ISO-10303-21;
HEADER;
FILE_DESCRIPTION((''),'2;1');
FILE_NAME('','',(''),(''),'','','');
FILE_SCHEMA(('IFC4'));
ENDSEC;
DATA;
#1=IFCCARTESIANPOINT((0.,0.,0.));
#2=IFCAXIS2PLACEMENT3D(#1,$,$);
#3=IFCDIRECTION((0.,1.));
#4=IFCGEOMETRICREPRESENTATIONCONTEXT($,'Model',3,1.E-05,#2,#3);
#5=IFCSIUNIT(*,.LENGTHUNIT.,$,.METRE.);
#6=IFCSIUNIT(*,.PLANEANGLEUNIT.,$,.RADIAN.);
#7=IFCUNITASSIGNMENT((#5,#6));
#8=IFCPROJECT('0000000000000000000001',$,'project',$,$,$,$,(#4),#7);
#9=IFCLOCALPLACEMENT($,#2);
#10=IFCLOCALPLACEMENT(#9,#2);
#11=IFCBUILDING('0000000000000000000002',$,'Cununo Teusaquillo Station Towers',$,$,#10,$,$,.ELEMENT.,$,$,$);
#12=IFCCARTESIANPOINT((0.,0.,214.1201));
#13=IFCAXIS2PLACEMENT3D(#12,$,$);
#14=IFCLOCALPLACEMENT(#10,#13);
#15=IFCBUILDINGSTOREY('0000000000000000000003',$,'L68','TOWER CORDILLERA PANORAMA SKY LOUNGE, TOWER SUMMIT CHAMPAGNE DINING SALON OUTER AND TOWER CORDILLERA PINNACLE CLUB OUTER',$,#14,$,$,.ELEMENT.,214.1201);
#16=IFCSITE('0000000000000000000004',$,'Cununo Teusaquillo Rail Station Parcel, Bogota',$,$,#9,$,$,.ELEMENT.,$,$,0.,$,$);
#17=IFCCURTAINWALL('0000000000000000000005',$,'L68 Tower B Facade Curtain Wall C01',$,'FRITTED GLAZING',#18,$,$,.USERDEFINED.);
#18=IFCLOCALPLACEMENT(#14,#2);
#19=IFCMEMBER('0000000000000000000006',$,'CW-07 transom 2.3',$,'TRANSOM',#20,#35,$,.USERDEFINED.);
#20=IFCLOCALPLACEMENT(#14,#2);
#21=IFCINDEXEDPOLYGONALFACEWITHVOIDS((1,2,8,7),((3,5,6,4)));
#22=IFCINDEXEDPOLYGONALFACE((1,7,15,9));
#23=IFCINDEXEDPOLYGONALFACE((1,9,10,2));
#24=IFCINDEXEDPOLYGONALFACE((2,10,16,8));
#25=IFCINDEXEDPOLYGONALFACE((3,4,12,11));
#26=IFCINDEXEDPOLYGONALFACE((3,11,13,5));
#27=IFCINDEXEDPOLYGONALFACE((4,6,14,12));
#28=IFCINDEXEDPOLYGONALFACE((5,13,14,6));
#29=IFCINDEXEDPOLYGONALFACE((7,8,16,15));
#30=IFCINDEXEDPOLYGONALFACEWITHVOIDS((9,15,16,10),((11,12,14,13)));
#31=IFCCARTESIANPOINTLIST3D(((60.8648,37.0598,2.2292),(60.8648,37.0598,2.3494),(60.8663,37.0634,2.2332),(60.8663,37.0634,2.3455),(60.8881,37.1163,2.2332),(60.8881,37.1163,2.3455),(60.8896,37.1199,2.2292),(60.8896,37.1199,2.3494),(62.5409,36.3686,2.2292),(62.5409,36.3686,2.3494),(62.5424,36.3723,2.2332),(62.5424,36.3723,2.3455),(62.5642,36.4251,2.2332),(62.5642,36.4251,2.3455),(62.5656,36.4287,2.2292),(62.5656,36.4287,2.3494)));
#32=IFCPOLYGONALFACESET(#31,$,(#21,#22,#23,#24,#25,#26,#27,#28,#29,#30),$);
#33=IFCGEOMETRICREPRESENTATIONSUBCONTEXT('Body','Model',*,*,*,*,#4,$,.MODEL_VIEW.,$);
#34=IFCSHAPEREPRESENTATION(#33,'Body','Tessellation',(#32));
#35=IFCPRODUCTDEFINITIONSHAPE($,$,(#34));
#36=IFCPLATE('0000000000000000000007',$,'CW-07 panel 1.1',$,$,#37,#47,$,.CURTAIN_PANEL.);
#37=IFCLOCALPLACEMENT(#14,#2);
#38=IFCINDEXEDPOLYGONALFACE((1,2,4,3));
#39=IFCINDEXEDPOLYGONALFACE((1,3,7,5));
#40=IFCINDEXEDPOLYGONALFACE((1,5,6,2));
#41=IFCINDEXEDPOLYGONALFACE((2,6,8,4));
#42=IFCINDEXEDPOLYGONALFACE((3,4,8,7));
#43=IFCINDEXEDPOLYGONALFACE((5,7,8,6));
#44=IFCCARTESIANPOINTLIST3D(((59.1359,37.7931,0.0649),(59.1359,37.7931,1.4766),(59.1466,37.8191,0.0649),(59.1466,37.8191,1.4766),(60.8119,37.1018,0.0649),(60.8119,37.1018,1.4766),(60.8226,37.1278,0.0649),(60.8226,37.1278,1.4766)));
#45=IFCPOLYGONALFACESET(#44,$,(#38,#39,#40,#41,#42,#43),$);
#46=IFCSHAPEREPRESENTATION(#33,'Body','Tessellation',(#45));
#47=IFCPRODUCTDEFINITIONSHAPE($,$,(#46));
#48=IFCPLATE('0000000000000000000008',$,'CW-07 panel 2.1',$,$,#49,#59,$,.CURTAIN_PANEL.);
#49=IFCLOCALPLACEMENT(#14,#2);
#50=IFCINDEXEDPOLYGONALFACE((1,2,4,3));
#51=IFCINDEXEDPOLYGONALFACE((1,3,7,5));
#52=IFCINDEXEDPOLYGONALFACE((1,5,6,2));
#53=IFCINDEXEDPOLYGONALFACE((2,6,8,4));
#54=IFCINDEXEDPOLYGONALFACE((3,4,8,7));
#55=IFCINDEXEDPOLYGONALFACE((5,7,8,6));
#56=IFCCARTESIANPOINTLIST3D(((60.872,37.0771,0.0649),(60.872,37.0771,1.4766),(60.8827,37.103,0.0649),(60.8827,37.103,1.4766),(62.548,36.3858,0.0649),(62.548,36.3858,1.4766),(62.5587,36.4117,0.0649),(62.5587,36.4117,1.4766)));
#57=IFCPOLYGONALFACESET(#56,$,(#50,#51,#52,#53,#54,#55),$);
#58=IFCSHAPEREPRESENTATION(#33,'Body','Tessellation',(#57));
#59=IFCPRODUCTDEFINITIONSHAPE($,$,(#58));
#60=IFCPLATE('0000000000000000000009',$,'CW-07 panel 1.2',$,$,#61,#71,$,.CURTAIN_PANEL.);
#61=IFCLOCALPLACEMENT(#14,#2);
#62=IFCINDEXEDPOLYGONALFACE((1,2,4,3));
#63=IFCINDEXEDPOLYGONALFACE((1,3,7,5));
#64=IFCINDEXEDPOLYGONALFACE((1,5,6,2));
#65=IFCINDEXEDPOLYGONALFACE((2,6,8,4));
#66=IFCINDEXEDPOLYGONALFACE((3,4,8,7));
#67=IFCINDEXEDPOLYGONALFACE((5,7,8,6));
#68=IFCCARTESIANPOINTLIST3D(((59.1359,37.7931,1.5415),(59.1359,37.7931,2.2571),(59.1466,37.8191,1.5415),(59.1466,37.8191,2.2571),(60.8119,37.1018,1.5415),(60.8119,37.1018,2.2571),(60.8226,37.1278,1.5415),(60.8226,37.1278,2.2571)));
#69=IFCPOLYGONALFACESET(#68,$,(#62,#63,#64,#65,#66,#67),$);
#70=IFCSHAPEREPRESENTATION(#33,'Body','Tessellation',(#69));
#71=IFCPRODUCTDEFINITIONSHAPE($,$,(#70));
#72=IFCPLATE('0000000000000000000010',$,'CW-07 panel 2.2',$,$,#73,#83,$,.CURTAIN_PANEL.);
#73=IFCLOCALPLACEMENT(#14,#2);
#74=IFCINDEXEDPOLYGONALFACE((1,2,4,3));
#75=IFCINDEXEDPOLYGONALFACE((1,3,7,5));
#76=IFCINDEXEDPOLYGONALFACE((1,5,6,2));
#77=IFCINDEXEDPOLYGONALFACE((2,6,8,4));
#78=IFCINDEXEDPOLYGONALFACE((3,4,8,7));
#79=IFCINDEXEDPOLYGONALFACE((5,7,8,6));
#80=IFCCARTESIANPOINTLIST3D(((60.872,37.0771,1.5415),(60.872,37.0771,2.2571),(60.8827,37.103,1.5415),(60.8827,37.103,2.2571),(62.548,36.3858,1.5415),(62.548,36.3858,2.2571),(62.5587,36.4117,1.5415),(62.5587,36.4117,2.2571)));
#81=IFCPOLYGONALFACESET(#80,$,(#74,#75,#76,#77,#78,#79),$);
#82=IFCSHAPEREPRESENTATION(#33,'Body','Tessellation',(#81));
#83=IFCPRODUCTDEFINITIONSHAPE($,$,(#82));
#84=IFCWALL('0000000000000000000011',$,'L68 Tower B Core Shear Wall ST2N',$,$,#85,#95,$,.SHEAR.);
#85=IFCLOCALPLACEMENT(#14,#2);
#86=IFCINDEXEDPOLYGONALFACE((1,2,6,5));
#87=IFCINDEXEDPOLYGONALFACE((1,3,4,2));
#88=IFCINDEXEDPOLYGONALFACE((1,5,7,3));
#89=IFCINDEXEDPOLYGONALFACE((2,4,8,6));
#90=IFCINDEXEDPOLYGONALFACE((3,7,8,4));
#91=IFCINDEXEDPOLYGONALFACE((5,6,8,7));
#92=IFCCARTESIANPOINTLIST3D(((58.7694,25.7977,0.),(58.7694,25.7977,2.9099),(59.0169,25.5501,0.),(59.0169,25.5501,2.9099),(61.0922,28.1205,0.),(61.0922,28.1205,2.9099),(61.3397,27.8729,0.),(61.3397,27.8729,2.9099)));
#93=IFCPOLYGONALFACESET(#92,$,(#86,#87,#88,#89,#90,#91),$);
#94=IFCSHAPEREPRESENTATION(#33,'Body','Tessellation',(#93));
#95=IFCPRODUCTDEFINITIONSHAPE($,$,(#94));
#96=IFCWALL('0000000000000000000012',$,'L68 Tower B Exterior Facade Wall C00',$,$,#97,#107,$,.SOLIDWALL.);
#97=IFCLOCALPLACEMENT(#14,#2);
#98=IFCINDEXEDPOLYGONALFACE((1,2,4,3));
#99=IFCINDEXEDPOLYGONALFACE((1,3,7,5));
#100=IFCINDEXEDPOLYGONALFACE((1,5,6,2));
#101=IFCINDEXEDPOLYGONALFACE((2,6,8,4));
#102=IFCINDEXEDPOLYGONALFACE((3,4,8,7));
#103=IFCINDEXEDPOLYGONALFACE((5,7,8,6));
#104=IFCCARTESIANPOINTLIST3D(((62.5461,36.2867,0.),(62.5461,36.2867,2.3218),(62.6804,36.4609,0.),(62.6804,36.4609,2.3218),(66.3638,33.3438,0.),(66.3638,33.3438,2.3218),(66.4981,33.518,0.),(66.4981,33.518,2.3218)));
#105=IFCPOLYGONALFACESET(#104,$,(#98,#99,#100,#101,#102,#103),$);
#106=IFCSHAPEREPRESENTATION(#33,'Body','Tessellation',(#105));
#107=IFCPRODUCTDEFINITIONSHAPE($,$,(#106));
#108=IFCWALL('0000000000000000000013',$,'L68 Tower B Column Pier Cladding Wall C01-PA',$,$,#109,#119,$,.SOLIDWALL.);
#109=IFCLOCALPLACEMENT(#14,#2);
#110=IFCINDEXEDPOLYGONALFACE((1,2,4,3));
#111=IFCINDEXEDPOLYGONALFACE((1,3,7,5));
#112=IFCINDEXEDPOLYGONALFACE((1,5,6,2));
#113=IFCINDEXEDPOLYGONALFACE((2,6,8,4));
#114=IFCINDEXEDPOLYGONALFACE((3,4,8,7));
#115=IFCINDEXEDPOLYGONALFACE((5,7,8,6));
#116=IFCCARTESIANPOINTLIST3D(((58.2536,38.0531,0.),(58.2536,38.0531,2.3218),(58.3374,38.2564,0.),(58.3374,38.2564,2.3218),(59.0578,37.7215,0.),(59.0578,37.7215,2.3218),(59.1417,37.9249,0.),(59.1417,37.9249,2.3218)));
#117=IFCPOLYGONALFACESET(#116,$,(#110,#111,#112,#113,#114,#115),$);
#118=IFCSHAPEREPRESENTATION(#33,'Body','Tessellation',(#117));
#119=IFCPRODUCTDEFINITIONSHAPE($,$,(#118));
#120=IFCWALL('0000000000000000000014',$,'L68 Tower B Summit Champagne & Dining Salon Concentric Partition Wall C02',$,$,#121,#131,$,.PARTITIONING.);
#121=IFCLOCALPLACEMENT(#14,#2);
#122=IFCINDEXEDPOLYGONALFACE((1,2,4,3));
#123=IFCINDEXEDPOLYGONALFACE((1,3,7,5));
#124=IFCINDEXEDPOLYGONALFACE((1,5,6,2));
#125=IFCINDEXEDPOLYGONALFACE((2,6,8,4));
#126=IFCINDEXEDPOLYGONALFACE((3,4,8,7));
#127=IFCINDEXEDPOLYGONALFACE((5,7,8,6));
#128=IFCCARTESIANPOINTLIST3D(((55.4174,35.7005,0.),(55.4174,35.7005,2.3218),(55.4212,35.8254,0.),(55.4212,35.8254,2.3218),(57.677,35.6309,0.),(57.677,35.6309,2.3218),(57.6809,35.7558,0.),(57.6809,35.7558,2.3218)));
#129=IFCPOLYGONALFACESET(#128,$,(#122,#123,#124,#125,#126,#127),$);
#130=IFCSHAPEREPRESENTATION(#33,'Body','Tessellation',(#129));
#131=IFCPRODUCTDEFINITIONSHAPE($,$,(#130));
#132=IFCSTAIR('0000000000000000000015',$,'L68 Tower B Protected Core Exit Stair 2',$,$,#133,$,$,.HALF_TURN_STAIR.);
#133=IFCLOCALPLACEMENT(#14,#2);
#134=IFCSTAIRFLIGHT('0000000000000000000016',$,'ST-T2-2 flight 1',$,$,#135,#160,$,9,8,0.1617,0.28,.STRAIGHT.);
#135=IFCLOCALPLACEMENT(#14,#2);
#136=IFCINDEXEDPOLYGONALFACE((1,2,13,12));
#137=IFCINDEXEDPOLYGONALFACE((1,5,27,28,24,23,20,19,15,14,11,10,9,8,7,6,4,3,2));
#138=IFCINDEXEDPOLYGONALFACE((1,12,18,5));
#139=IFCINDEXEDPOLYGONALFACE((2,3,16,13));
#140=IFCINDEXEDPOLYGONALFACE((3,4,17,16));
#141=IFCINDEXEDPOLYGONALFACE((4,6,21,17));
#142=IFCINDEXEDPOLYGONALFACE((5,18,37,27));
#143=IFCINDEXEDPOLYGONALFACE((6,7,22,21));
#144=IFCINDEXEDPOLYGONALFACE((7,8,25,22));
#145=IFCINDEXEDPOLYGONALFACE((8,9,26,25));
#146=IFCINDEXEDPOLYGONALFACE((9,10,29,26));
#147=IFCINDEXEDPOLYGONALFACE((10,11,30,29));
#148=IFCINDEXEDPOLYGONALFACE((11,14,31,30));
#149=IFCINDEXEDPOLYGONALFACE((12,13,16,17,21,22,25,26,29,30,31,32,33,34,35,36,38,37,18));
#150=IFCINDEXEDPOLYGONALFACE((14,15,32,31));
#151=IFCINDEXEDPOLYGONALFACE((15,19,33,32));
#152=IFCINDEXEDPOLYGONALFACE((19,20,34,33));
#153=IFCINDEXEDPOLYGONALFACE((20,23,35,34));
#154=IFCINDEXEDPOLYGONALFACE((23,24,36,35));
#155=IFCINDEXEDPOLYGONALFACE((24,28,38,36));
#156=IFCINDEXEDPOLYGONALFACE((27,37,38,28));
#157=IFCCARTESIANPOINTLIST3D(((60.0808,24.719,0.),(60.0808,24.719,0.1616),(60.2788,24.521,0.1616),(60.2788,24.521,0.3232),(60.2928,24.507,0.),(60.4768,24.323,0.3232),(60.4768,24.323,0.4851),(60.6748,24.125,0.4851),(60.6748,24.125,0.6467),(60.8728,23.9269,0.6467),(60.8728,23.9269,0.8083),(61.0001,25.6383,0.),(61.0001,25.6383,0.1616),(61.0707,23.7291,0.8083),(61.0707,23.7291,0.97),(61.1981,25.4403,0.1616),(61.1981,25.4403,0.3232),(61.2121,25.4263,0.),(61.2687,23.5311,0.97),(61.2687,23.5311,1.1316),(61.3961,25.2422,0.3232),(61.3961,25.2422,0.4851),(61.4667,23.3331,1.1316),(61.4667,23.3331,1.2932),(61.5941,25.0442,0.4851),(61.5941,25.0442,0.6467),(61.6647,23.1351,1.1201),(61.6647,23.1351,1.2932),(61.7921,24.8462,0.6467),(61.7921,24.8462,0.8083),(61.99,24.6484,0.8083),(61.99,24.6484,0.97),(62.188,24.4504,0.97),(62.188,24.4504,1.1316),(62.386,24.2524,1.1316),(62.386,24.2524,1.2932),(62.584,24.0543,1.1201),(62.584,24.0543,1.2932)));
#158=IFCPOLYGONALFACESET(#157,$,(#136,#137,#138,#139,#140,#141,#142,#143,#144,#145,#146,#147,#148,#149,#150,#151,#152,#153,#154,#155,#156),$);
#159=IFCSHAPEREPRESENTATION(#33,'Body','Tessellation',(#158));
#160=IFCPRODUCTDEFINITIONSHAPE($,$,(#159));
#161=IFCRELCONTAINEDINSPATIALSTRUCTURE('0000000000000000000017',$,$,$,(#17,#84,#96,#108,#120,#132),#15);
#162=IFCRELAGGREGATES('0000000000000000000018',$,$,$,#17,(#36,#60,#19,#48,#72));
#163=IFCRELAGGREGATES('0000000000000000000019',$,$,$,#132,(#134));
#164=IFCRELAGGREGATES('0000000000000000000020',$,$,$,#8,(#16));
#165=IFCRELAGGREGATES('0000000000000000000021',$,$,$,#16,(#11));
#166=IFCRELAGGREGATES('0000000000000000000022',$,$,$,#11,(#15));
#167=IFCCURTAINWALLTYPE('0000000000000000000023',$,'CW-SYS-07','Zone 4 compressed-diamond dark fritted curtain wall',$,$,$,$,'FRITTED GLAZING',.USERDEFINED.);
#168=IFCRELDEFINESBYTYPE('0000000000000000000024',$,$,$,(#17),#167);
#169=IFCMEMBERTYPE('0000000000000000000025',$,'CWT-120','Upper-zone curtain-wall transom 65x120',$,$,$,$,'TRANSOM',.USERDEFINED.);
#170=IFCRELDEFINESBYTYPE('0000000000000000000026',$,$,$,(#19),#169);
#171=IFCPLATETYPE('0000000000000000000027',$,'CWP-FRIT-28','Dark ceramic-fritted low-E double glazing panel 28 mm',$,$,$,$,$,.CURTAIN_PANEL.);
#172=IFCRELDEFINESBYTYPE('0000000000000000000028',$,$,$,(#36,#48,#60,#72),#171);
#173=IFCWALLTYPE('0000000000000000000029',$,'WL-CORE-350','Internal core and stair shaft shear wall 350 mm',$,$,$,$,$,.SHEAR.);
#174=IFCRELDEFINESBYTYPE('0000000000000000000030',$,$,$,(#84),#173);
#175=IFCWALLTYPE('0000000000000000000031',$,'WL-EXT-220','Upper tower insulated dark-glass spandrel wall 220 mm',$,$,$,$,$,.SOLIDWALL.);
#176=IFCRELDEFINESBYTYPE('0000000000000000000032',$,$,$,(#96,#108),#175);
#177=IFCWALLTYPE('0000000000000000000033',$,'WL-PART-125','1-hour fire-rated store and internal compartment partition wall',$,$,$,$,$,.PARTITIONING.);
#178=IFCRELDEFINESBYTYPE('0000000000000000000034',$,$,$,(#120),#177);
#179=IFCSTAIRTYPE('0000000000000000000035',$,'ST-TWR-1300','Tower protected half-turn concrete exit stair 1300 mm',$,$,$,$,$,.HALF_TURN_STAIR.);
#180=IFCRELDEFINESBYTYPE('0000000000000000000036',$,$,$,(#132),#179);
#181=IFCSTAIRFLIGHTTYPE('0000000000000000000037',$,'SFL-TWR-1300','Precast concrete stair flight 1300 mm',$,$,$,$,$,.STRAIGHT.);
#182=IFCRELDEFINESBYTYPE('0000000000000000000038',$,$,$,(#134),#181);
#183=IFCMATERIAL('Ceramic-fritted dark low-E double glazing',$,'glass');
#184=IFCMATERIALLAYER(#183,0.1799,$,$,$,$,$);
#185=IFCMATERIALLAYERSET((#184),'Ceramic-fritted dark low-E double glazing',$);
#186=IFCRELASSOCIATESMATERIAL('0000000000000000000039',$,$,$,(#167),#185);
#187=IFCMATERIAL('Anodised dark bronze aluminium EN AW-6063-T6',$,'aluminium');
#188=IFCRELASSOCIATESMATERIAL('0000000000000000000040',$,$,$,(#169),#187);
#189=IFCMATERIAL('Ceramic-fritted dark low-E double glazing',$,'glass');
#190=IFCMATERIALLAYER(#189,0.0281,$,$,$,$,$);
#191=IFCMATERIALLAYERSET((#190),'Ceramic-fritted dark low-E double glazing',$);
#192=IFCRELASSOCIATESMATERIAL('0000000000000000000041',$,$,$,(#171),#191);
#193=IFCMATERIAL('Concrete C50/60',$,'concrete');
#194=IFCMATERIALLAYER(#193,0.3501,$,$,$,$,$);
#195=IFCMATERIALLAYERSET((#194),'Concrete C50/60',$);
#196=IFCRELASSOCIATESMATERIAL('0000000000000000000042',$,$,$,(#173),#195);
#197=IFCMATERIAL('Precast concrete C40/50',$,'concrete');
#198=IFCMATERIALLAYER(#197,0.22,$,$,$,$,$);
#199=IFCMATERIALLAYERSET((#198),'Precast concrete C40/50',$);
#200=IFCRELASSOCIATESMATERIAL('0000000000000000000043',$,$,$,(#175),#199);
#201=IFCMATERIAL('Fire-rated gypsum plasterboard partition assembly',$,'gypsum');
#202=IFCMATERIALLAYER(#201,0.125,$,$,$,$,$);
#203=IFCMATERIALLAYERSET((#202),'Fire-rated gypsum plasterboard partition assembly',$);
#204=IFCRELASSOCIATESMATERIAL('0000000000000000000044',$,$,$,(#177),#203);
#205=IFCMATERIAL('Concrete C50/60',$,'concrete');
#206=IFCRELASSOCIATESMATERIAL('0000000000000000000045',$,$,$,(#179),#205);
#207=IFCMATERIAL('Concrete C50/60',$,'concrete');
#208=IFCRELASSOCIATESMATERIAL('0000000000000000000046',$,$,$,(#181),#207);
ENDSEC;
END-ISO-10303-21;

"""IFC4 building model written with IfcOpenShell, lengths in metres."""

from ifc_helpers import new_model, si_unit, direction, frame, frame_2d, origin, origin_2d, place, context, subcontext, project, spatial, polyline, rectangle, hollow_rectangle, outline, extrude, source, transform, mapped, material, layer, layer_set, material_profile, profile_set, type_object, element, aggregate, save


model = new_model("IFC4")

# Units and contexts
model_context = context("Model", 3, precision=1e-05, world=origin(), true_north=direction((0.0, 1.0)))
body_context = subcontext(model_context, "Body", "Model", "MODEL_VIEW")
ifc_project = project(units=[si_unit("LENGTHUNIT", "METRE"), si_unit("PLANEANGLEUNIT", "RADIAN")], contexts=[model_context])

# Site, building, storey
site_placement = place(None, origin())
site = spatial("IfcSite", under=ifc_project, at=site_placement, Name="Cununo Teusaquillo Rail Station Parcel, Bogota", CompositionType="ELEMENT", RefElevation=0.0)
building_placement = place(site_placement, origin())
building = spatial("IfcBuilding", under=site, at=building_placement, Name="Cununo Teusaquillo Station Towers", CompositionType="ELEMENT")
storey_placement = place(building_placement, frame((0.0, 0.0, 214.1201)))
storey = spatial("IfcBuildingStorey", under=building, at=storey_placement, Name="L68", Description="TOWER CORDILLERA PANORAMA SKY LOUNGE, TOWER SUMMIT CHAMPAGNE DINING SALON OUTER AND TOWER CORDILLERA PINNACLE CLUB OUTER", CompositionType="ELEMENT", Elevation=214.1201)

# Curtain wall, member, plates
ifc_material_1 = material(Name="Ceramic-fritted dark low-E double glazing", Category="glass")
ifc_layer_1 = layer(ifc_material_1, 0.1799)
ifc_layer_set_1 = layer_set([ifc_layer_1], Name="Ceramic-fritted dark low-E double glazing")
curtain_wall_type = type_object("IfcCurtainWallType", Name="CW-SYS-07", Description="Zone 4 compressed-diamond dark fritted curtain wall", ElementType="FRITTED GLAZING", PredefinedType="USERDEFINED", material=ifc_layer_set_1)
curtain_wall_placement = place(storey_placement, origin())
curtain_wall = element("IfcCurtainWall", 1, at=curtain_wall_placement, inside=storey, type_object=curtain_wall_type, Name="L68 Tower B Facade Curtain Wall C01", ObjectType="FRITTED GLAZING", PredefinedType="USERDEFINED")
ifc_material_2 = material(Name="Anodised dark bronze aluminium EN AW-6063-T6", Category="aluminium")
ifc_material_profile_1 = material_profile(ifc_material_2, hollow_rectangle(XDim=0.0649, YDim=0.1201, WallThickness=0.0039, at=origin_2d()), Name="CW-TRAN-65x120")
ifc_profile_set_1 = profile_set([ifc_material_profile_1], Name="Anodised dark bronze aluminium EN AW-6063-T6")
member_type_1 = type_object("IfcMemberType", Name="CWT-120", Description="Upper-zone curtain-wall transom 65x120", ElementType="TRANSOM", PredefinedType="USERDEFINED", material=ifc_profile_set_1)
member_1_placement = place(storey_placement, frame((60.8772, 37.0898, 2.2893), z_axis=(0.924477, -0.381237, 0.0), x_axis=(0.381237, 0.924477, 0.0)))
member_1 = element("IfcMember", 2, at=member_1_placement, type_object=member_type_1, Name="CW-07 transom 2.3", ObjectType="TRANSOM", PredefinedType="USERDEFINED", context=body_context, shape_type="SweptSolid", body=[
    extrude(hollow_rectangle(XDim=0.0649, YDim=0.1201, WallThickness=0.0039, at=origin_2d()), origin(), (0.0, 0.0, 1.0), 1.813),
])
ifc_material_3 = material(Name="Ceramic-fritted dark low-E double glazing", Category="glass")
ifc_layer_2 = layer(ifc_material_3, 0.0281)
ifc_layer_set_2 = layer_set([ifc_layer_2], Name="Ceramic-fritted dark low-E double glazing")
plate_type = type_object("IfcPlateType", Name="CWP-FRIT-28", Description="Dark ceramic-fritted low-E double glazing panel 28 mm", PredefinedType="CURTAIN_PANEL", material=ifc_layer_set_2)
shared_shape_1 = source(origin(), body_context, "Body", "SweptSolid", [
    extrude(rectangle(XDim=1.813, YDim=0.0281, at=origin_2d()), origin(), (0.0, 0.0, 1.0), 1.4116),
])
plate_1_placement = place(storey_placement, frame((59.9792, 37.4604, 0.0649), z_axis=(0.0, 0.0, 1.0), x_axis=(0.924447, -0.381311, 0.0)))
plate_1 = element("IfcPlate", 3, at=plate_1_placement, type_object=plate_type, Name="CW-07 panel 1.1", PredefinedType="CURTAIN_PANEL", context=body_context, shape_type="MappedRepresentation", body=[
    mapped(shared_shape_1, transform((0.0, 0.0, 0.0), x_axis=(1.0, 0.0, 0.0), y_axis=(0.0, 1.0, 0.0), z_axis=(0.0, 0.0, 1.0), scale=1.0)),
])
plate_2_placement = place(storey_placement, frame((61.7153, 36.7444, 0.0649), z_axis=(0.0, 0.0, 1.0), x_axis=(0.924447, -0.381311, 0.0)))
plate_2 = element("IfcPlate", 4, at=plate_2_placement, type_object=plate_type, Name="CW-07 panel 2.1", PredefinedType="CURTAIN_PANEL", context=body_context, shape_type="MappedRepresentation", body=[
    mapped(shared_shape_1, transform((0.0, 0.0, 0.0), x_axis=(1.0, 0.0, 0.0), y_axis=(0.0, 1.0, 0.0), z_axis=(0.0, 0.0, 1.0), scale=1.0)),
])
shared_shape_2 = source(origin(), body_context, "Body", "SweptSolid", [
    extrude(rectangle(XDim=1.813, YDim=0.0281, at=origin_2d()), origin(), (0.0, 0.0, 1.0), 0.7156),
])
plate_3_placement = place(storey_placement, frame((59.9792, 37.4604, 1.5415), z_axis=(0.0, 0.0, 1.0), x_axis=(0.924447, -0.381311, 0.0)))
plate_3 = element("IfcPlate", 5, at=plate_3_placement, type_object=plate_type, Name="CW-07 panel 1.2", PredefinedType="CURTAIN_PANEL", context=body_context, shape_type="MappedRepresentation", body=[
    mapped(shared_shape_2, transform((0.0, 0.0, 0.0), x_axis=(1.0, 0.0, 0.0), y_axis=(0.0, 1.0, 0.0), z_axis=(0.0, 0.0, 1.0), scale=1.0)),
])
plate_4_placement = place(storey_placement, frame((61.7153, 36.7444, 1.5415), z_axis=(0.0, 0.0, 1.0), x_axis=(0.924447, -0.381311, 0.0)))
plate_4 = element("IfcPlate", 6, at=plate_4_placement, type_object=plate_type, Name="CW-07 panel 2.2", PredefinedType="CURTAIN_PANEL", context=body_context, shape_type="MappedRepresentation", body=[
    mapped(shared_shape_2, transform((0.0, 0.0, 0.0), x_axis=(1.0, 0.0, 0.0), y_axis=(0.0, 1.0, 0.0), z_axis=(0.0, 0.0, 1.0), scale=1.0)),
])
aggregate(curtain_wall, [plate_1, plate_3, member_1, plate_2, plate_4])

# Walls
ifc_material_4 = material(Name="Concrete C50/60", Category="concrete")
ifc_layer_3 = layer(ifc_material_4, 0.3501)
ifc_layer_set_3 = layer_set([ifc_layer_3], Name="Concrete C50/60")
wall_type_1 = type_object("IfcWallType", Name="WL-CORE-350", Description="Internal core and stair shaft shear wall 350 mm", PredefinedType="SHEAR", material=ifc_layer_set_3)
wall_1_placement = place(storey_placement, frame((58.8931, 25.6738, 0.0), z_axis=(0.0, 0.0, 1.0), x_axis=(0.707107, 0.707107, 0.0)))
element("IfcWall", 7, at=wall_1_placement, inside=storey, type_object=wall_type_1, Name="L68 Tower B Core Shear Wall ST2N", PredefinedType="SHEAR", context=body_context, shape_type="SweptSolid", body=[
    extrude(rectangle(XDim=3.2849, YDim=0.3501, at=frame_2d((1.6426, 0.0))), origin(), (0.0, 0.0, 1.0), 2.9099),
])
ifc_material_5 = material(Name="Precast concrete C40/50", Category="concrete")
ifc_layer_4 = layer(ifc_material_5, 0.22)
ifc_layer_set_4 = layer_set([ifc_layer_4], Name="Precast concrete C40/50")
wall_type_2 = type_object("IfcWallType", Name="WL-EXT-220", Description="Upper tower insulated dark-glass spandrel wall 220 mm", PredefinedType="SOLIDWALL", material=ifc_layer_set_4)
wall_2_placement = place(storey_placement, frame((62.6133, 36.3738, 0.0), z_axis=(0.0, 0.0, 1.0), x_axis=(0.791998, -0.610523, 0.0)))
element("IfcWall", 8, at=wall_2_placement, inside=storey, type_object=wall_type_2, Name="L68 Tower B Exterior Facade Wall C00", PredefinedType="SOLIDWALL", context=body_context, shape_type="SweptSolid", body=[
    extrude(rectangle(XDim=4.8203, YDim=0.22, at=frame_2d((2.4102, 0.0))), origin(), (0.0, 0.0, 1.0), 2.3218),
])
wall_3_placement = place(storey_placement, frame((58.2954, 38.1548, 0.0), z_axis=(0.0, 0.0, 1.0), x_axis=(0.924515, -0.381145, 0.0)))
element("IfcWall", 9, at=wall_3_placement, inside=storey, type_object=wall_type_2, Name="L68 Tower B Column Pier Cladding Wall C01-PA", PredefinedType="SOLIDWALL", context=body_context, shape_type="SweptSolid", body=[
    extrude(rectangle(XDim=0.8699, YDim=0.22, at=frame_2d((0.4351, 0.0))), origin(), (0.0, 0.0, 1.0), 2.3218),
])
ifc_material_6 = material(Name="Fire-rated gypsum plasterboard partition assembly", Category="gypsum")
ifc_layer_5 = layer(ifc_material_6, 0.125)
ifc_layer_set_5 = layer_set([ifc_layer_5], Name="Fire-rated gypsum plasterboard partition assembly")
wall_type_3 = type_object("IfcWallType", Name="WL-PART-125", Description="1-hour fire-rated store and internal compartment partition wall", PredefinedType="PARTITIONING", material=ifc_layer_set_5)
wall_4_placement = place(storey_placement, frame((57.679, 35.6934, 0.0), z_axis=(0.0, 0.0, 1.0), x_axis=(-0.999526, 0.030776, 0.0)))
element("IfcWall", 10, at=wall_4_placement, inside=storey, type_object=wall_type_3, Name="L68 Tower B Summit Champagne & Dining Salon Concentric Partition Wall C02", PredefinedType="PARTITIONING", context=body_context, shape_type="SweptSolid", body=[
    extrude(rectangle(XDim=2.2607, YDim=0.125, at=frame_2d((1.1304, 0.0))), origin(), (0.0, 0.0, 1.0), 2.3218),
])

# Stair, stair flight
ifc_material_7 = material(Name="Concrete C50/60", Category="concrete")
stair_type = type_object("IfcStairType", Name="ST-TWR-1300", Description="Tower protected half-turn concrete exit stair 1300 mm", PredefinedType="HALF_TURN_STAIR", material=ifc_material_7)
stair_placement = place(storey_placement, origin())
stair = element("IfcStair", 11, at=stair_placement, inside=storey, type_object=stair_type, Name="L68 Tower B Protected Core Exit Stair 2", PredefinedType="HALF_TURN_STAIR")
ifc_material_8 = material(Name="Concrete C50/60", Category="concrete")
stair_flight_type = type_object("IfcStairFlightType", Name="SFL-TWR-1300", Description="Precast concrete stair flight 1300 mm", PredefinedType="STRAIGHT", material=ifc_material_8)
stair_flight_placement = place(storey_placement, frame((60.5405, 25.1787, 0.0), z_axis=(0.0, 0.0, 1.0), x_axis=(0.707107, -0.707107, 0.0)))
stair_flight = element("IfcStairFlight", 12, at=stair_flight_placement, type_object=stair_flight_type, Name="ST-T2-2 flight 1", NumberOfRisers=9, NumberOfTreads=8, PredefinedType="STRAIGHT", RiserHeight=0.1617, TreadLength=0.28, context=body_context, shape_type="SweptSolid", body=[
    extrude(outline(polyline([(0.0, 0.0), (0.0, 0.1616), (0.28, 0.1616), (0.28, 0.3232), (0.5601, 0.3232), (0.5601, 0.4851), (0.8401, 0.4851), (0.8401, 0.6467), (1.1201, 0.6467), (1.1201, 0.8083), (1.3999, 0.8083), (1.3999, 0.97), (1.6799, 0.97), (1.6799, 1.1316), (1.96, 1.1316), (1.96, 1.2932), (2.24, 1.2932), (2.24, 1.4551), (2.24, 1.1201), (0.2998, 0.0), (0.0, 0.0)])), frame((0.0, 0.6499, 0.0), z_axis=(0.0, -1.0, 0.0), x_axis=(1.0, 0.0, 0.0)), (0.0, 0.0, 1.0), 1.3),
])
aggregate(stair, [stair_flight])

save(model, "model.ifc")
